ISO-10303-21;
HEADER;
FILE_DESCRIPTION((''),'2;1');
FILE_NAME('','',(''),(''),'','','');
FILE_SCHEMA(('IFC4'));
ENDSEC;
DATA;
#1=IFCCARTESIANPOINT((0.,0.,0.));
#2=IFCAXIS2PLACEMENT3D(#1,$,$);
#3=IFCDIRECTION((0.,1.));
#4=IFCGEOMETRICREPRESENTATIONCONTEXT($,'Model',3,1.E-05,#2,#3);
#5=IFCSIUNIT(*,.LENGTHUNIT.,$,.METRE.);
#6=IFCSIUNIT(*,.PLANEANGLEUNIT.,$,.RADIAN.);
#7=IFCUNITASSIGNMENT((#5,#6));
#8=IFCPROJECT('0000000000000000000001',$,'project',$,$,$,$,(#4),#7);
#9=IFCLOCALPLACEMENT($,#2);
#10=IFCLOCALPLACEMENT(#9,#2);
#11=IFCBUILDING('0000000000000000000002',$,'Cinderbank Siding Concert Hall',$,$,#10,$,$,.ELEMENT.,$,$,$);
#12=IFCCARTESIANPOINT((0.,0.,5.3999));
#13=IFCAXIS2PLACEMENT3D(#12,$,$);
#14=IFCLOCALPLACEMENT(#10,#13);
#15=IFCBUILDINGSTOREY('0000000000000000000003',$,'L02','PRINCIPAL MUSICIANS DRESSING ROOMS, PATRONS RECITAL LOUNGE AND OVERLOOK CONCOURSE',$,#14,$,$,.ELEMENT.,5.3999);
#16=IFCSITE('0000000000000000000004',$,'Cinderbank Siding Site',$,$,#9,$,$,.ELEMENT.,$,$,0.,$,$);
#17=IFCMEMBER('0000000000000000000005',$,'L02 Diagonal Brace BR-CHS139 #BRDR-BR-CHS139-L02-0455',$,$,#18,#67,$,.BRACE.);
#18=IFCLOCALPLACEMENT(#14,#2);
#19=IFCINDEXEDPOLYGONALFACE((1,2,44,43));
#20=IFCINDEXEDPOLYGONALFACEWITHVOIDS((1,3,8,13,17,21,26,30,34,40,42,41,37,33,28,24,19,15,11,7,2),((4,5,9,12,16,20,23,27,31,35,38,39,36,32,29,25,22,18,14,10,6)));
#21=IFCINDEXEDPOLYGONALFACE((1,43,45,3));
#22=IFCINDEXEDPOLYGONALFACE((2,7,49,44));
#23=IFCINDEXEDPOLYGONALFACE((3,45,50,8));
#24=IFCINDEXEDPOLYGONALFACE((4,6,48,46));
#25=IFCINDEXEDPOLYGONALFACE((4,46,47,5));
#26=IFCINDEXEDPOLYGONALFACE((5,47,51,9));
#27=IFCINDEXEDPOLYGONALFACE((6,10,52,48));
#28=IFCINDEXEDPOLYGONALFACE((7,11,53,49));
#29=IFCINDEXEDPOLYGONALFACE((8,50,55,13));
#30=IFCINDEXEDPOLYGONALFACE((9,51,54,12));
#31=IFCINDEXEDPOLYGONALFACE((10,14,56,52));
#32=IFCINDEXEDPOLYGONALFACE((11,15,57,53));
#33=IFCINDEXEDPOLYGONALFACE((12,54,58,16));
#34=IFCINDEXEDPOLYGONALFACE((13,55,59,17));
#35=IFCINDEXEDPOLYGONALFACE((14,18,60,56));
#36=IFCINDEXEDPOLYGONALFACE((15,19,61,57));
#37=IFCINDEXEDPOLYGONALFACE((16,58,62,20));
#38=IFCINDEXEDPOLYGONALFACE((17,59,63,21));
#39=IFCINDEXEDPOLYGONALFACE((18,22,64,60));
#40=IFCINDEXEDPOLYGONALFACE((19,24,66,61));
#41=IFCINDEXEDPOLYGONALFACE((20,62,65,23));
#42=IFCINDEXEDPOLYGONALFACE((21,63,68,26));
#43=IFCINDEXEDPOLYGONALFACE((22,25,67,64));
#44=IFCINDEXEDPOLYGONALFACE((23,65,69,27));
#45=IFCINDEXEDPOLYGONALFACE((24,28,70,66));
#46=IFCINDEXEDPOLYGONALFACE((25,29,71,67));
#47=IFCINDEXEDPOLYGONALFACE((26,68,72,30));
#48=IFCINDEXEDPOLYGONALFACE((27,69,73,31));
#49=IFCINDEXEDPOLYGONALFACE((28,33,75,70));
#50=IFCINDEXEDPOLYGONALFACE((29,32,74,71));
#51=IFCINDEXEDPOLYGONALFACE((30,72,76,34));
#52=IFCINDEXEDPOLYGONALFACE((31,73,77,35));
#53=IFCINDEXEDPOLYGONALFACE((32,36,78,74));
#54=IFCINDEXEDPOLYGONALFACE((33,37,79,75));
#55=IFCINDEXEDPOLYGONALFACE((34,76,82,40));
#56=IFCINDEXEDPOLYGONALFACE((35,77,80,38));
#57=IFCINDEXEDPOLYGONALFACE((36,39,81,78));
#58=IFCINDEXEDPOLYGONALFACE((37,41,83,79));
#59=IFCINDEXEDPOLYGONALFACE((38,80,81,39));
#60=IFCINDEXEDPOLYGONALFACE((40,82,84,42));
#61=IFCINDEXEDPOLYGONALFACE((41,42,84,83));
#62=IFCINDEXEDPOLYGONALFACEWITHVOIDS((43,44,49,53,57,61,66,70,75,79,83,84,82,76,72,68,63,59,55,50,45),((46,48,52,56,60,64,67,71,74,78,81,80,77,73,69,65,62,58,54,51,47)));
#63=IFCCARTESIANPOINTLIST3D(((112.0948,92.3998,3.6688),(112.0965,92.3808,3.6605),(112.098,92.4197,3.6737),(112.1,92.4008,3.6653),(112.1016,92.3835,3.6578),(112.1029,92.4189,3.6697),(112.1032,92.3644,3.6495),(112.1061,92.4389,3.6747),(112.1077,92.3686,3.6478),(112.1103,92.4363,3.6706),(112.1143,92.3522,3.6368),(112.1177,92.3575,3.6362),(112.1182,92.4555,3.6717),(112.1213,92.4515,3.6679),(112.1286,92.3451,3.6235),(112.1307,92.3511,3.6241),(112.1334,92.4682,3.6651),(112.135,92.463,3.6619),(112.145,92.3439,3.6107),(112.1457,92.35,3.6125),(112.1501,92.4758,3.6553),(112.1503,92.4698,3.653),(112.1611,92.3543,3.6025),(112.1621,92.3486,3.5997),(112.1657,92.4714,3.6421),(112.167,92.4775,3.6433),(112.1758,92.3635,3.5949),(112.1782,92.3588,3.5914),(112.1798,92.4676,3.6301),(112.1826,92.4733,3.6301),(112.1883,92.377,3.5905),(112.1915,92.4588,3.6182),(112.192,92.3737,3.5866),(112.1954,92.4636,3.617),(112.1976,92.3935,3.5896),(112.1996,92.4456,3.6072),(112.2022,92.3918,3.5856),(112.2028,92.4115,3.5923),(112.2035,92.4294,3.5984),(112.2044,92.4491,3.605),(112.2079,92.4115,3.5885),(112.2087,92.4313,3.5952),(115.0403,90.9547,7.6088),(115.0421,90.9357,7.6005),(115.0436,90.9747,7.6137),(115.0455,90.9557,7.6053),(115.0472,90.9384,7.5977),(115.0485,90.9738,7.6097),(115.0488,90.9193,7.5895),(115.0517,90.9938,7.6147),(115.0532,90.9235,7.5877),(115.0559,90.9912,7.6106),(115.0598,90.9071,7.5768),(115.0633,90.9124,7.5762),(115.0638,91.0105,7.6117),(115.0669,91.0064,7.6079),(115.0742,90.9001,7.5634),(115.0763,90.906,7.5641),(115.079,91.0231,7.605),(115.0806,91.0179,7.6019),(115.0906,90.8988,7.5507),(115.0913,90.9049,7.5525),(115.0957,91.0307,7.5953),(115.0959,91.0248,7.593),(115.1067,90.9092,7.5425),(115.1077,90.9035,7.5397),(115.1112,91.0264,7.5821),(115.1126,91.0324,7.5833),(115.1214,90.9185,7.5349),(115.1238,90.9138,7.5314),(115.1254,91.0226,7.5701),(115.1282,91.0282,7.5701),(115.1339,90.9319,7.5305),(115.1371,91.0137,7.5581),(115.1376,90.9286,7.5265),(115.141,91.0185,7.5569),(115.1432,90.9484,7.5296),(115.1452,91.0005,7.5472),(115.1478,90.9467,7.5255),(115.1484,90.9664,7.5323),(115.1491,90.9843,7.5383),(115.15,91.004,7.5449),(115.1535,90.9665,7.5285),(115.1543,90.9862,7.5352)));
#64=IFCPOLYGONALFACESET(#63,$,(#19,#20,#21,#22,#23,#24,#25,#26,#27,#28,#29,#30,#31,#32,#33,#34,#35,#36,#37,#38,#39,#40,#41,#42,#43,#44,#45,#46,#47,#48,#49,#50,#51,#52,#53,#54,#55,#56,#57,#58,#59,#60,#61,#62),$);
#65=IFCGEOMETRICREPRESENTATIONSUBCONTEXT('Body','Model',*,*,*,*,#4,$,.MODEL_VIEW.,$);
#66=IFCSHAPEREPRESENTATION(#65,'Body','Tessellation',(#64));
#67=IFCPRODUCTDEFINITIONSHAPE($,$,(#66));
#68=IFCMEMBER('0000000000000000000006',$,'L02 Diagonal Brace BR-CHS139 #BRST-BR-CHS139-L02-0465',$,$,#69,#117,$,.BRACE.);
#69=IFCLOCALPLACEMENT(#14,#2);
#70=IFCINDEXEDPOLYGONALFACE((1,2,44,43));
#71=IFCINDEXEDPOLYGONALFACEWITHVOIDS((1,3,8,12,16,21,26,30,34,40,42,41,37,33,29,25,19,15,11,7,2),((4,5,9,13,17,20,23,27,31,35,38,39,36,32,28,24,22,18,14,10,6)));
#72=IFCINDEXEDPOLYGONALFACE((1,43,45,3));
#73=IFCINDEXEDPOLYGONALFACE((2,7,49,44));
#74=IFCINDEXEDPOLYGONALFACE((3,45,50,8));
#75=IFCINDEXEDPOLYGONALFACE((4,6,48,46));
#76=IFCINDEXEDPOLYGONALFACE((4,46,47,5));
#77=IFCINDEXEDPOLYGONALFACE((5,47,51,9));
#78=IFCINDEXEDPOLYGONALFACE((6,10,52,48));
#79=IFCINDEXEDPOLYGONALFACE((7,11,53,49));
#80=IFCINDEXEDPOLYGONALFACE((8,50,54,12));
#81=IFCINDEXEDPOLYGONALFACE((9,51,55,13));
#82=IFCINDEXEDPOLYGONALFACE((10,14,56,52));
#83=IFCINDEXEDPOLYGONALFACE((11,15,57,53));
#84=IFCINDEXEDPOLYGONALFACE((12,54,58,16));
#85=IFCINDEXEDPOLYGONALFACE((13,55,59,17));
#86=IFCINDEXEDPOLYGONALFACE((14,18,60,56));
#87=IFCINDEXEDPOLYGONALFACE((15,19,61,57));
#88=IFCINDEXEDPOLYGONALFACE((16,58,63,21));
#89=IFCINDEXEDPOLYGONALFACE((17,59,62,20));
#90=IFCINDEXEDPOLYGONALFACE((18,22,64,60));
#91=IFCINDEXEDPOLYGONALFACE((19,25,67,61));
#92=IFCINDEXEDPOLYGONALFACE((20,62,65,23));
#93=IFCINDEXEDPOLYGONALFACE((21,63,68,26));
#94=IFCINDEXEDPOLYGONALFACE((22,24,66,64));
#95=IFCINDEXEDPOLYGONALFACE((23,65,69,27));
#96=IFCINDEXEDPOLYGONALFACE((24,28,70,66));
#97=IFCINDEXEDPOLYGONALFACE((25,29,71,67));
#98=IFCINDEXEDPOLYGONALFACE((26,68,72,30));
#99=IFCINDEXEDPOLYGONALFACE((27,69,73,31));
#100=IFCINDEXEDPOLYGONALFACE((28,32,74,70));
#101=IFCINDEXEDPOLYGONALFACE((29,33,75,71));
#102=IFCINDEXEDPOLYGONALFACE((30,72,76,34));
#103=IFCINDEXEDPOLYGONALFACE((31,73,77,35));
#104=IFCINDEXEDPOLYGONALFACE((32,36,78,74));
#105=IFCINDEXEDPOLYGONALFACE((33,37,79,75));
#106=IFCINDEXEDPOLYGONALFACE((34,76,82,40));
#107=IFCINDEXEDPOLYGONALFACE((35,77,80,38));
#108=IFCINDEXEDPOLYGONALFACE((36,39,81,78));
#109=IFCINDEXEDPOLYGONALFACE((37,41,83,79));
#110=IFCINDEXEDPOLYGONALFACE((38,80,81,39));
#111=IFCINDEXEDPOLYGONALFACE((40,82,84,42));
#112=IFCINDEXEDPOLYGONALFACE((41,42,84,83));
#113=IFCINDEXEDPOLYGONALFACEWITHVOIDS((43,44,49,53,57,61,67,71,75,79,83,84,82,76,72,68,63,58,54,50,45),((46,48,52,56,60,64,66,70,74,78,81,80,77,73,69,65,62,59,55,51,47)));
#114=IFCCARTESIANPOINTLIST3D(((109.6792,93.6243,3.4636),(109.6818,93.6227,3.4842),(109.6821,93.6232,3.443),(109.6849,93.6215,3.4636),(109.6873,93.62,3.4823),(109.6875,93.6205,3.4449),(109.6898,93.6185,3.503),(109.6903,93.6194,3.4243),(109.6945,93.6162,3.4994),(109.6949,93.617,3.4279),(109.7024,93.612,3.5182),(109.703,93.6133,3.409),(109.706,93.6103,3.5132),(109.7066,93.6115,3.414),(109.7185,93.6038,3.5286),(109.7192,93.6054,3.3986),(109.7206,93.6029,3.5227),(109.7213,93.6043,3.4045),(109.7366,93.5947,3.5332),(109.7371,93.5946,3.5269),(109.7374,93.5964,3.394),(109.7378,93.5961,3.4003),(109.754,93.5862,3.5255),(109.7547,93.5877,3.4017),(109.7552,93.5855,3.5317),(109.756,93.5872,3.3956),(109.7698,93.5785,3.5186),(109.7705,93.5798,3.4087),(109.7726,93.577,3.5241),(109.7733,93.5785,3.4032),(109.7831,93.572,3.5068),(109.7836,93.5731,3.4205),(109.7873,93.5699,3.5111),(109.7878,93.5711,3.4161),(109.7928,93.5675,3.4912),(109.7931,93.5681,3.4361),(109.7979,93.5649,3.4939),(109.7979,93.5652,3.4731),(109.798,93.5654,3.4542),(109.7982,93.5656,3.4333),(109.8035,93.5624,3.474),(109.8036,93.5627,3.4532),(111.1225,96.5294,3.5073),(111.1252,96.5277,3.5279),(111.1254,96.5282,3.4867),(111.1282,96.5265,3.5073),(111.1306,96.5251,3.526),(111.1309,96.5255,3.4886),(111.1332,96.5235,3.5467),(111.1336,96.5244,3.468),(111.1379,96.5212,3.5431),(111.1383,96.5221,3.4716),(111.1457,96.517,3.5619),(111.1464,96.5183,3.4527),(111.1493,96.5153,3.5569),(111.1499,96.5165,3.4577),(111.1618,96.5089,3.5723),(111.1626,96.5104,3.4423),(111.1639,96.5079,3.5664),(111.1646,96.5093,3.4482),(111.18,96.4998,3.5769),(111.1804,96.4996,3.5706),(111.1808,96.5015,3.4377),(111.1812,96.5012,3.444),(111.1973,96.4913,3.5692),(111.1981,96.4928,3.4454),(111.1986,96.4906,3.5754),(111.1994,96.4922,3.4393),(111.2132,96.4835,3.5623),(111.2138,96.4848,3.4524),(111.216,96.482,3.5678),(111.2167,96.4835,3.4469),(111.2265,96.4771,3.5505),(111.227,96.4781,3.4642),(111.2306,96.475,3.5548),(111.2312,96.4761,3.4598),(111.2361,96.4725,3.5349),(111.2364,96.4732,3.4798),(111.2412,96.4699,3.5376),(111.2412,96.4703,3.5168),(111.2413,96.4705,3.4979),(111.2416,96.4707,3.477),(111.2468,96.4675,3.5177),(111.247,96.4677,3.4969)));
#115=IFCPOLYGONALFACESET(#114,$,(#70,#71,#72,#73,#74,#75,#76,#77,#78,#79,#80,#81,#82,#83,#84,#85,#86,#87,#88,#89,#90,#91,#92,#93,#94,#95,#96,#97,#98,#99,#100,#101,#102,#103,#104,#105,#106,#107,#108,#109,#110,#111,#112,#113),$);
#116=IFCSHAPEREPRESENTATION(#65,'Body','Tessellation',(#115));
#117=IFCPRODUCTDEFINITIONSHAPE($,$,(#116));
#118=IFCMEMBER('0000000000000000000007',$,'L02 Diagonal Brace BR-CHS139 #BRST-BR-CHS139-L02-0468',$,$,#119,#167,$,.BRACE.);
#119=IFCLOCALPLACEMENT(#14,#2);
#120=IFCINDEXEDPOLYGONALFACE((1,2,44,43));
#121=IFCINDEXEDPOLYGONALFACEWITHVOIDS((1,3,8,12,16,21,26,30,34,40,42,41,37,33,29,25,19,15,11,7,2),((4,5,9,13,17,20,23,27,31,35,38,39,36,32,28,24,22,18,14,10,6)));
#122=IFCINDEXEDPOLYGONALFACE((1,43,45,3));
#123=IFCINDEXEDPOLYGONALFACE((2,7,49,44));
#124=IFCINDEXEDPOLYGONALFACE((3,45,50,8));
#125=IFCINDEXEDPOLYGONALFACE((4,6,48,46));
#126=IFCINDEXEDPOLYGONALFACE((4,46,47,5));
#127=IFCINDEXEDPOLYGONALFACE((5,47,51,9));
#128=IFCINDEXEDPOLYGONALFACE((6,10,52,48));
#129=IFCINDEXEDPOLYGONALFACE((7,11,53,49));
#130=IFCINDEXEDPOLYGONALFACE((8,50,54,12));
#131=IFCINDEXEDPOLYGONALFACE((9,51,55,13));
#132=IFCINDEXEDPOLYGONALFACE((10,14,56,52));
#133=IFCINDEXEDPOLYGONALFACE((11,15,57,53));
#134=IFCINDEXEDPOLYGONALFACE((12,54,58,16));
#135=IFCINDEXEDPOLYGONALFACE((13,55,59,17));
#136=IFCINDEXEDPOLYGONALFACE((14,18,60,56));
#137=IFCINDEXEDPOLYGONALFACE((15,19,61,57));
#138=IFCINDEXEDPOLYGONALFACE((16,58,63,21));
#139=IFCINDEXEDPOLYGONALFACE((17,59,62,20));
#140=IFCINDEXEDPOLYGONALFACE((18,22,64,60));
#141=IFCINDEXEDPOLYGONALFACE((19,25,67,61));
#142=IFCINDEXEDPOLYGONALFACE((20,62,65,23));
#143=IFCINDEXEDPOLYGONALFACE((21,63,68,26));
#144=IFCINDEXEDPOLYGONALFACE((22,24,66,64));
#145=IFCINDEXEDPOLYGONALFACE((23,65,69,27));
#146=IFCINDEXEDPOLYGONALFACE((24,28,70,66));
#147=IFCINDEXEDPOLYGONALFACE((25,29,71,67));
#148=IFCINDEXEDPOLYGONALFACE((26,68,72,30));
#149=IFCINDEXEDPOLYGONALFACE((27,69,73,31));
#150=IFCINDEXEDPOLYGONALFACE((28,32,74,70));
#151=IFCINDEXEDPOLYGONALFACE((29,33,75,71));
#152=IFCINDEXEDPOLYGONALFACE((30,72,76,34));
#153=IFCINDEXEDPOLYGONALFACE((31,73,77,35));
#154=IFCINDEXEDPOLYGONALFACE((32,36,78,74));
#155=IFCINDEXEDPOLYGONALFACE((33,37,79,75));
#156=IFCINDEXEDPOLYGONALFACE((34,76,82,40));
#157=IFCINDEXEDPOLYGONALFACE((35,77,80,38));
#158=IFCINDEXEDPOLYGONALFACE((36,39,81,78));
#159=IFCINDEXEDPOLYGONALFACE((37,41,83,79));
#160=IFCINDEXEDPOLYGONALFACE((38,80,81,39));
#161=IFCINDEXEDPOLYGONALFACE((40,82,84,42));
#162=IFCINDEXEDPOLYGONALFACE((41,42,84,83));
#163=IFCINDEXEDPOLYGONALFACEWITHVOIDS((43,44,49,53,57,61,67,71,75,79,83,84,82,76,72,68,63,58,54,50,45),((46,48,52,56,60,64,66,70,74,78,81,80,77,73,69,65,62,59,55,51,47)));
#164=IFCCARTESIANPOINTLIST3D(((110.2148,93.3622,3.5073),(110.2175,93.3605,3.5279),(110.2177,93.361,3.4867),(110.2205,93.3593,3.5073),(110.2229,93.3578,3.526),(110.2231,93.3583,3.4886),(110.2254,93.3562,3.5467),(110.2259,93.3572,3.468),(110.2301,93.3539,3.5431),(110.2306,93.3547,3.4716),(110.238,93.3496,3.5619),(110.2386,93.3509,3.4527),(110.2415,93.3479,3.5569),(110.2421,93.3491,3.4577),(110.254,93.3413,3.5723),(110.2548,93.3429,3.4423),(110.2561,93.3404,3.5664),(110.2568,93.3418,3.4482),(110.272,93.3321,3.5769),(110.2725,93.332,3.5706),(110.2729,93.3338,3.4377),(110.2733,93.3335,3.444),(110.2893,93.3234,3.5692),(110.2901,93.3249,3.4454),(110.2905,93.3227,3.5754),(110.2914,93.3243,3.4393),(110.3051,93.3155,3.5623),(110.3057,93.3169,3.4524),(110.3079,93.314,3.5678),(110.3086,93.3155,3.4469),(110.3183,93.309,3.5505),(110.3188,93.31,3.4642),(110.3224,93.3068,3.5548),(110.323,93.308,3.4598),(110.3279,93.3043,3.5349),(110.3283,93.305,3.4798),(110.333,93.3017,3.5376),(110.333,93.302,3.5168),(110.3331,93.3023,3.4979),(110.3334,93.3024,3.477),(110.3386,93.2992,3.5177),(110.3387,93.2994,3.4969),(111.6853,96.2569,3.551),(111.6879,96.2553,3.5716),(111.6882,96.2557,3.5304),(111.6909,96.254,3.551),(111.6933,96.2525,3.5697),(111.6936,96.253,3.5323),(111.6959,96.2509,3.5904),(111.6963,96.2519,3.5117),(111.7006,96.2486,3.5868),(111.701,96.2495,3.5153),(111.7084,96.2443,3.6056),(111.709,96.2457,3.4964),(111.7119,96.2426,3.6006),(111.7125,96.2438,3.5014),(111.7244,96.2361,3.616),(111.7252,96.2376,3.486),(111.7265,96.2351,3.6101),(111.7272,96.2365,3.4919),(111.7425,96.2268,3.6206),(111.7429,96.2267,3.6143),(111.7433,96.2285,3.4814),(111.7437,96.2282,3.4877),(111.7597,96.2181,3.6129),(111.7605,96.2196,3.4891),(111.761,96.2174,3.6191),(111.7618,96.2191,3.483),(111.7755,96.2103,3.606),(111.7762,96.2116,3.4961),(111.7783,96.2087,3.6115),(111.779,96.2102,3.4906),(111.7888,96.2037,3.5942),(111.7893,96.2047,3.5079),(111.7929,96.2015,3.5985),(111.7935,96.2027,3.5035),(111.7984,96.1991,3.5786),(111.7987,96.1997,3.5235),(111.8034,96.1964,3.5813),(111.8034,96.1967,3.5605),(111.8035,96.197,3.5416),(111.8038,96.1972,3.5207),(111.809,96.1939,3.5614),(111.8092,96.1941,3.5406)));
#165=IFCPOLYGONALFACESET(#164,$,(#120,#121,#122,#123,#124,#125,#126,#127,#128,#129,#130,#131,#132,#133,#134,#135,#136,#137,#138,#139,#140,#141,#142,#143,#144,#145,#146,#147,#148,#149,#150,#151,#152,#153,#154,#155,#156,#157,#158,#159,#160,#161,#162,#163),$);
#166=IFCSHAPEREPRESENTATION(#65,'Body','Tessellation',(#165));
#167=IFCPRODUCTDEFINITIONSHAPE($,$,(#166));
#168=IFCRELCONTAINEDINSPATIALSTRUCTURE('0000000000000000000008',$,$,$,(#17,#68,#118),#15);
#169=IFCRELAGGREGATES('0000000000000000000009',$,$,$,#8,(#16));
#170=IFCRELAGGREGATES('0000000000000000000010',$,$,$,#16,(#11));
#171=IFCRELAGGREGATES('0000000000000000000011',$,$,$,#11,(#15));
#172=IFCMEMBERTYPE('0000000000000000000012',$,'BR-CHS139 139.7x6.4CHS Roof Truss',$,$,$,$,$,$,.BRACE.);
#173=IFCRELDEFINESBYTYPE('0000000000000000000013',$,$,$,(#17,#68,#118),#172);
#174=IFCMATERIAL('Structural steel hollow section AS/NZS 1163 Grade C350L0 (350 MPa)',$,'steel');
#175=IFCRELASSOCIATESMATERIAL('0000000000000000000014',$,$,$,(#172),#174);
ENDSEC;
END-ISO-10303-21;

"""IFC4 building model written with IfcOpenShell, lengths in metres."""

from ifc_helpers import new_model, si_unit, direction, frame, origin, origin_2d, place, context, subcontext, project, spatial, hollow_circle, extrude, material, material_profile, profile_set, type_object, element, save


model = new_model("IFC4")

# Units and contexts
model_context = context("Model", 3, precision=1e-05, world=origin(), true_north=direction((0.0, 1.0)))
body_context = subcontext(model_context, "Body", "Model", "MODEL_VIEW")
ifc_project = project(units=[si_unit("LENGTHUNIT", "METRE"), si_unit("PLANEANGLEUNIT", "RADIAN")], contexts=[model_context])

# Site, building, storey
site_placement = place(None, origin())
site = spatial("IfcSite", under=ifc_project, at=site_placement, Name="Cinderbank Siding Site", CompositionType="ELEMENT", RefElevation=0.0)
building_placement = place(site_placement, origin())
building = spatial("IfcBuilding", under=site, at=building_placement, Name="Cinderbank Siding Concert Hall", CompositionType="ELEMENT")
storey_placement = place(building_placement, frame((0.0, 0.0, 5.3999)))
storey = spatial("IfcBuildingStorey", under=building, at=storey_placement, Name="L02", Description="PRINCIPAL MUSICIANS DRESSING ROOMS, PATRONS RECITAL LOUNGE AND OVERLOOK CONCOURSE", CompositionType="ELEMENT", Elevation=5.3999)

# Shared definitions
ifc_material_1 = material(Name="Structural steel hollow section AS/NZS 1163 Grade C350L0 (350 MPa)", Category="steel")

# Members
ifc_material_profile_1 = material_profile(ifc_material_1, hollow_circle(Radius=0.0698, WallThickness=0.0063, at=origin_2d()), Name="139.7x6.4CHS", Category="LoadBearing")
ifc_profile_set_1 = profile_set([ifc_material_profile_1], Name="Structural steel hollow section AS/NZS 1163 Grade C350L0 (350 MPa)")
member_type_1 = type_object("IfcMemberType", Name="BR-CHS139 139.7x6.4CHS Roof Truss", PredefinedType="BRACE", material=ifc_profile_set_1)
member_1_placement = place(storey_placement, frame((112.1519, 92.4106, 3.6301), z_axis=(0.574502, -0.281846, 0.768447), x_axis=(0.440444, 0.89778, 0.0)))
element("IfcMember", 1, at=member_1_placement, inside=storey, type_object=member_type_1, Name="L02 Diagonal Brace BR-CHS139 #BRDR-BR-CHS139-L02-0455", PredefinedType="BRACE", context=body_context, shape_type="SweptSolid", body=[
    extrude(hollow_circle(Radius=0.0698, WallThickness=0.0063, at=origin_2d()), origin(), (0.0, 0.0, 1.0), 5.1272),
])
member_2_placement = place(storey_placement, frame((109.7417, 93.5933, 3.4636), z_axis=(0.444914, 0.895472, 0.013471), x_axis=(-0.895553, 0.444954, 0.0)))
element("IfcMember", 2, at=member_2_placement, inside=storey, type_object=member_type_1, Name="L02 Diagonal Brace BR-CHS139 #BRST-BR-CHS139-L02-0465", PredefinedType="BRACE", context=body_context, shape_type="SweptSolid", body=[
    extrude(hollow_circle(Radius=0.0698, WallThickness=0.0063, at=origin_2d()), origin(), (0.0, 0.0, 1.0), 3.2441),
])
member_3_placement = place(storey_placement, frame((110.2771, 93.3306, 3.5073), z_axis=(0.452848, 0.891486, 0.013458), x_axis=(-0.891567, 0.452889, 0.0)))
element("IfcMember", 3, at=member_3_placement, inside=storey, type_object=member_type_1, Name="L02 Diagonal Brace BR-CHS139 #BRST-BR-CHS139-L02-0468", PredefinedType="BRACE", context=body_context, shape_type="SweptSolid", body=[
    extrude(hollow_circle(Radius=0.0698, WallThickness=0.0063, at=origin_2d()), origin(), (0.0, 0.0, 1.0), 3.2471),
])

save(model, "model.ifc")
